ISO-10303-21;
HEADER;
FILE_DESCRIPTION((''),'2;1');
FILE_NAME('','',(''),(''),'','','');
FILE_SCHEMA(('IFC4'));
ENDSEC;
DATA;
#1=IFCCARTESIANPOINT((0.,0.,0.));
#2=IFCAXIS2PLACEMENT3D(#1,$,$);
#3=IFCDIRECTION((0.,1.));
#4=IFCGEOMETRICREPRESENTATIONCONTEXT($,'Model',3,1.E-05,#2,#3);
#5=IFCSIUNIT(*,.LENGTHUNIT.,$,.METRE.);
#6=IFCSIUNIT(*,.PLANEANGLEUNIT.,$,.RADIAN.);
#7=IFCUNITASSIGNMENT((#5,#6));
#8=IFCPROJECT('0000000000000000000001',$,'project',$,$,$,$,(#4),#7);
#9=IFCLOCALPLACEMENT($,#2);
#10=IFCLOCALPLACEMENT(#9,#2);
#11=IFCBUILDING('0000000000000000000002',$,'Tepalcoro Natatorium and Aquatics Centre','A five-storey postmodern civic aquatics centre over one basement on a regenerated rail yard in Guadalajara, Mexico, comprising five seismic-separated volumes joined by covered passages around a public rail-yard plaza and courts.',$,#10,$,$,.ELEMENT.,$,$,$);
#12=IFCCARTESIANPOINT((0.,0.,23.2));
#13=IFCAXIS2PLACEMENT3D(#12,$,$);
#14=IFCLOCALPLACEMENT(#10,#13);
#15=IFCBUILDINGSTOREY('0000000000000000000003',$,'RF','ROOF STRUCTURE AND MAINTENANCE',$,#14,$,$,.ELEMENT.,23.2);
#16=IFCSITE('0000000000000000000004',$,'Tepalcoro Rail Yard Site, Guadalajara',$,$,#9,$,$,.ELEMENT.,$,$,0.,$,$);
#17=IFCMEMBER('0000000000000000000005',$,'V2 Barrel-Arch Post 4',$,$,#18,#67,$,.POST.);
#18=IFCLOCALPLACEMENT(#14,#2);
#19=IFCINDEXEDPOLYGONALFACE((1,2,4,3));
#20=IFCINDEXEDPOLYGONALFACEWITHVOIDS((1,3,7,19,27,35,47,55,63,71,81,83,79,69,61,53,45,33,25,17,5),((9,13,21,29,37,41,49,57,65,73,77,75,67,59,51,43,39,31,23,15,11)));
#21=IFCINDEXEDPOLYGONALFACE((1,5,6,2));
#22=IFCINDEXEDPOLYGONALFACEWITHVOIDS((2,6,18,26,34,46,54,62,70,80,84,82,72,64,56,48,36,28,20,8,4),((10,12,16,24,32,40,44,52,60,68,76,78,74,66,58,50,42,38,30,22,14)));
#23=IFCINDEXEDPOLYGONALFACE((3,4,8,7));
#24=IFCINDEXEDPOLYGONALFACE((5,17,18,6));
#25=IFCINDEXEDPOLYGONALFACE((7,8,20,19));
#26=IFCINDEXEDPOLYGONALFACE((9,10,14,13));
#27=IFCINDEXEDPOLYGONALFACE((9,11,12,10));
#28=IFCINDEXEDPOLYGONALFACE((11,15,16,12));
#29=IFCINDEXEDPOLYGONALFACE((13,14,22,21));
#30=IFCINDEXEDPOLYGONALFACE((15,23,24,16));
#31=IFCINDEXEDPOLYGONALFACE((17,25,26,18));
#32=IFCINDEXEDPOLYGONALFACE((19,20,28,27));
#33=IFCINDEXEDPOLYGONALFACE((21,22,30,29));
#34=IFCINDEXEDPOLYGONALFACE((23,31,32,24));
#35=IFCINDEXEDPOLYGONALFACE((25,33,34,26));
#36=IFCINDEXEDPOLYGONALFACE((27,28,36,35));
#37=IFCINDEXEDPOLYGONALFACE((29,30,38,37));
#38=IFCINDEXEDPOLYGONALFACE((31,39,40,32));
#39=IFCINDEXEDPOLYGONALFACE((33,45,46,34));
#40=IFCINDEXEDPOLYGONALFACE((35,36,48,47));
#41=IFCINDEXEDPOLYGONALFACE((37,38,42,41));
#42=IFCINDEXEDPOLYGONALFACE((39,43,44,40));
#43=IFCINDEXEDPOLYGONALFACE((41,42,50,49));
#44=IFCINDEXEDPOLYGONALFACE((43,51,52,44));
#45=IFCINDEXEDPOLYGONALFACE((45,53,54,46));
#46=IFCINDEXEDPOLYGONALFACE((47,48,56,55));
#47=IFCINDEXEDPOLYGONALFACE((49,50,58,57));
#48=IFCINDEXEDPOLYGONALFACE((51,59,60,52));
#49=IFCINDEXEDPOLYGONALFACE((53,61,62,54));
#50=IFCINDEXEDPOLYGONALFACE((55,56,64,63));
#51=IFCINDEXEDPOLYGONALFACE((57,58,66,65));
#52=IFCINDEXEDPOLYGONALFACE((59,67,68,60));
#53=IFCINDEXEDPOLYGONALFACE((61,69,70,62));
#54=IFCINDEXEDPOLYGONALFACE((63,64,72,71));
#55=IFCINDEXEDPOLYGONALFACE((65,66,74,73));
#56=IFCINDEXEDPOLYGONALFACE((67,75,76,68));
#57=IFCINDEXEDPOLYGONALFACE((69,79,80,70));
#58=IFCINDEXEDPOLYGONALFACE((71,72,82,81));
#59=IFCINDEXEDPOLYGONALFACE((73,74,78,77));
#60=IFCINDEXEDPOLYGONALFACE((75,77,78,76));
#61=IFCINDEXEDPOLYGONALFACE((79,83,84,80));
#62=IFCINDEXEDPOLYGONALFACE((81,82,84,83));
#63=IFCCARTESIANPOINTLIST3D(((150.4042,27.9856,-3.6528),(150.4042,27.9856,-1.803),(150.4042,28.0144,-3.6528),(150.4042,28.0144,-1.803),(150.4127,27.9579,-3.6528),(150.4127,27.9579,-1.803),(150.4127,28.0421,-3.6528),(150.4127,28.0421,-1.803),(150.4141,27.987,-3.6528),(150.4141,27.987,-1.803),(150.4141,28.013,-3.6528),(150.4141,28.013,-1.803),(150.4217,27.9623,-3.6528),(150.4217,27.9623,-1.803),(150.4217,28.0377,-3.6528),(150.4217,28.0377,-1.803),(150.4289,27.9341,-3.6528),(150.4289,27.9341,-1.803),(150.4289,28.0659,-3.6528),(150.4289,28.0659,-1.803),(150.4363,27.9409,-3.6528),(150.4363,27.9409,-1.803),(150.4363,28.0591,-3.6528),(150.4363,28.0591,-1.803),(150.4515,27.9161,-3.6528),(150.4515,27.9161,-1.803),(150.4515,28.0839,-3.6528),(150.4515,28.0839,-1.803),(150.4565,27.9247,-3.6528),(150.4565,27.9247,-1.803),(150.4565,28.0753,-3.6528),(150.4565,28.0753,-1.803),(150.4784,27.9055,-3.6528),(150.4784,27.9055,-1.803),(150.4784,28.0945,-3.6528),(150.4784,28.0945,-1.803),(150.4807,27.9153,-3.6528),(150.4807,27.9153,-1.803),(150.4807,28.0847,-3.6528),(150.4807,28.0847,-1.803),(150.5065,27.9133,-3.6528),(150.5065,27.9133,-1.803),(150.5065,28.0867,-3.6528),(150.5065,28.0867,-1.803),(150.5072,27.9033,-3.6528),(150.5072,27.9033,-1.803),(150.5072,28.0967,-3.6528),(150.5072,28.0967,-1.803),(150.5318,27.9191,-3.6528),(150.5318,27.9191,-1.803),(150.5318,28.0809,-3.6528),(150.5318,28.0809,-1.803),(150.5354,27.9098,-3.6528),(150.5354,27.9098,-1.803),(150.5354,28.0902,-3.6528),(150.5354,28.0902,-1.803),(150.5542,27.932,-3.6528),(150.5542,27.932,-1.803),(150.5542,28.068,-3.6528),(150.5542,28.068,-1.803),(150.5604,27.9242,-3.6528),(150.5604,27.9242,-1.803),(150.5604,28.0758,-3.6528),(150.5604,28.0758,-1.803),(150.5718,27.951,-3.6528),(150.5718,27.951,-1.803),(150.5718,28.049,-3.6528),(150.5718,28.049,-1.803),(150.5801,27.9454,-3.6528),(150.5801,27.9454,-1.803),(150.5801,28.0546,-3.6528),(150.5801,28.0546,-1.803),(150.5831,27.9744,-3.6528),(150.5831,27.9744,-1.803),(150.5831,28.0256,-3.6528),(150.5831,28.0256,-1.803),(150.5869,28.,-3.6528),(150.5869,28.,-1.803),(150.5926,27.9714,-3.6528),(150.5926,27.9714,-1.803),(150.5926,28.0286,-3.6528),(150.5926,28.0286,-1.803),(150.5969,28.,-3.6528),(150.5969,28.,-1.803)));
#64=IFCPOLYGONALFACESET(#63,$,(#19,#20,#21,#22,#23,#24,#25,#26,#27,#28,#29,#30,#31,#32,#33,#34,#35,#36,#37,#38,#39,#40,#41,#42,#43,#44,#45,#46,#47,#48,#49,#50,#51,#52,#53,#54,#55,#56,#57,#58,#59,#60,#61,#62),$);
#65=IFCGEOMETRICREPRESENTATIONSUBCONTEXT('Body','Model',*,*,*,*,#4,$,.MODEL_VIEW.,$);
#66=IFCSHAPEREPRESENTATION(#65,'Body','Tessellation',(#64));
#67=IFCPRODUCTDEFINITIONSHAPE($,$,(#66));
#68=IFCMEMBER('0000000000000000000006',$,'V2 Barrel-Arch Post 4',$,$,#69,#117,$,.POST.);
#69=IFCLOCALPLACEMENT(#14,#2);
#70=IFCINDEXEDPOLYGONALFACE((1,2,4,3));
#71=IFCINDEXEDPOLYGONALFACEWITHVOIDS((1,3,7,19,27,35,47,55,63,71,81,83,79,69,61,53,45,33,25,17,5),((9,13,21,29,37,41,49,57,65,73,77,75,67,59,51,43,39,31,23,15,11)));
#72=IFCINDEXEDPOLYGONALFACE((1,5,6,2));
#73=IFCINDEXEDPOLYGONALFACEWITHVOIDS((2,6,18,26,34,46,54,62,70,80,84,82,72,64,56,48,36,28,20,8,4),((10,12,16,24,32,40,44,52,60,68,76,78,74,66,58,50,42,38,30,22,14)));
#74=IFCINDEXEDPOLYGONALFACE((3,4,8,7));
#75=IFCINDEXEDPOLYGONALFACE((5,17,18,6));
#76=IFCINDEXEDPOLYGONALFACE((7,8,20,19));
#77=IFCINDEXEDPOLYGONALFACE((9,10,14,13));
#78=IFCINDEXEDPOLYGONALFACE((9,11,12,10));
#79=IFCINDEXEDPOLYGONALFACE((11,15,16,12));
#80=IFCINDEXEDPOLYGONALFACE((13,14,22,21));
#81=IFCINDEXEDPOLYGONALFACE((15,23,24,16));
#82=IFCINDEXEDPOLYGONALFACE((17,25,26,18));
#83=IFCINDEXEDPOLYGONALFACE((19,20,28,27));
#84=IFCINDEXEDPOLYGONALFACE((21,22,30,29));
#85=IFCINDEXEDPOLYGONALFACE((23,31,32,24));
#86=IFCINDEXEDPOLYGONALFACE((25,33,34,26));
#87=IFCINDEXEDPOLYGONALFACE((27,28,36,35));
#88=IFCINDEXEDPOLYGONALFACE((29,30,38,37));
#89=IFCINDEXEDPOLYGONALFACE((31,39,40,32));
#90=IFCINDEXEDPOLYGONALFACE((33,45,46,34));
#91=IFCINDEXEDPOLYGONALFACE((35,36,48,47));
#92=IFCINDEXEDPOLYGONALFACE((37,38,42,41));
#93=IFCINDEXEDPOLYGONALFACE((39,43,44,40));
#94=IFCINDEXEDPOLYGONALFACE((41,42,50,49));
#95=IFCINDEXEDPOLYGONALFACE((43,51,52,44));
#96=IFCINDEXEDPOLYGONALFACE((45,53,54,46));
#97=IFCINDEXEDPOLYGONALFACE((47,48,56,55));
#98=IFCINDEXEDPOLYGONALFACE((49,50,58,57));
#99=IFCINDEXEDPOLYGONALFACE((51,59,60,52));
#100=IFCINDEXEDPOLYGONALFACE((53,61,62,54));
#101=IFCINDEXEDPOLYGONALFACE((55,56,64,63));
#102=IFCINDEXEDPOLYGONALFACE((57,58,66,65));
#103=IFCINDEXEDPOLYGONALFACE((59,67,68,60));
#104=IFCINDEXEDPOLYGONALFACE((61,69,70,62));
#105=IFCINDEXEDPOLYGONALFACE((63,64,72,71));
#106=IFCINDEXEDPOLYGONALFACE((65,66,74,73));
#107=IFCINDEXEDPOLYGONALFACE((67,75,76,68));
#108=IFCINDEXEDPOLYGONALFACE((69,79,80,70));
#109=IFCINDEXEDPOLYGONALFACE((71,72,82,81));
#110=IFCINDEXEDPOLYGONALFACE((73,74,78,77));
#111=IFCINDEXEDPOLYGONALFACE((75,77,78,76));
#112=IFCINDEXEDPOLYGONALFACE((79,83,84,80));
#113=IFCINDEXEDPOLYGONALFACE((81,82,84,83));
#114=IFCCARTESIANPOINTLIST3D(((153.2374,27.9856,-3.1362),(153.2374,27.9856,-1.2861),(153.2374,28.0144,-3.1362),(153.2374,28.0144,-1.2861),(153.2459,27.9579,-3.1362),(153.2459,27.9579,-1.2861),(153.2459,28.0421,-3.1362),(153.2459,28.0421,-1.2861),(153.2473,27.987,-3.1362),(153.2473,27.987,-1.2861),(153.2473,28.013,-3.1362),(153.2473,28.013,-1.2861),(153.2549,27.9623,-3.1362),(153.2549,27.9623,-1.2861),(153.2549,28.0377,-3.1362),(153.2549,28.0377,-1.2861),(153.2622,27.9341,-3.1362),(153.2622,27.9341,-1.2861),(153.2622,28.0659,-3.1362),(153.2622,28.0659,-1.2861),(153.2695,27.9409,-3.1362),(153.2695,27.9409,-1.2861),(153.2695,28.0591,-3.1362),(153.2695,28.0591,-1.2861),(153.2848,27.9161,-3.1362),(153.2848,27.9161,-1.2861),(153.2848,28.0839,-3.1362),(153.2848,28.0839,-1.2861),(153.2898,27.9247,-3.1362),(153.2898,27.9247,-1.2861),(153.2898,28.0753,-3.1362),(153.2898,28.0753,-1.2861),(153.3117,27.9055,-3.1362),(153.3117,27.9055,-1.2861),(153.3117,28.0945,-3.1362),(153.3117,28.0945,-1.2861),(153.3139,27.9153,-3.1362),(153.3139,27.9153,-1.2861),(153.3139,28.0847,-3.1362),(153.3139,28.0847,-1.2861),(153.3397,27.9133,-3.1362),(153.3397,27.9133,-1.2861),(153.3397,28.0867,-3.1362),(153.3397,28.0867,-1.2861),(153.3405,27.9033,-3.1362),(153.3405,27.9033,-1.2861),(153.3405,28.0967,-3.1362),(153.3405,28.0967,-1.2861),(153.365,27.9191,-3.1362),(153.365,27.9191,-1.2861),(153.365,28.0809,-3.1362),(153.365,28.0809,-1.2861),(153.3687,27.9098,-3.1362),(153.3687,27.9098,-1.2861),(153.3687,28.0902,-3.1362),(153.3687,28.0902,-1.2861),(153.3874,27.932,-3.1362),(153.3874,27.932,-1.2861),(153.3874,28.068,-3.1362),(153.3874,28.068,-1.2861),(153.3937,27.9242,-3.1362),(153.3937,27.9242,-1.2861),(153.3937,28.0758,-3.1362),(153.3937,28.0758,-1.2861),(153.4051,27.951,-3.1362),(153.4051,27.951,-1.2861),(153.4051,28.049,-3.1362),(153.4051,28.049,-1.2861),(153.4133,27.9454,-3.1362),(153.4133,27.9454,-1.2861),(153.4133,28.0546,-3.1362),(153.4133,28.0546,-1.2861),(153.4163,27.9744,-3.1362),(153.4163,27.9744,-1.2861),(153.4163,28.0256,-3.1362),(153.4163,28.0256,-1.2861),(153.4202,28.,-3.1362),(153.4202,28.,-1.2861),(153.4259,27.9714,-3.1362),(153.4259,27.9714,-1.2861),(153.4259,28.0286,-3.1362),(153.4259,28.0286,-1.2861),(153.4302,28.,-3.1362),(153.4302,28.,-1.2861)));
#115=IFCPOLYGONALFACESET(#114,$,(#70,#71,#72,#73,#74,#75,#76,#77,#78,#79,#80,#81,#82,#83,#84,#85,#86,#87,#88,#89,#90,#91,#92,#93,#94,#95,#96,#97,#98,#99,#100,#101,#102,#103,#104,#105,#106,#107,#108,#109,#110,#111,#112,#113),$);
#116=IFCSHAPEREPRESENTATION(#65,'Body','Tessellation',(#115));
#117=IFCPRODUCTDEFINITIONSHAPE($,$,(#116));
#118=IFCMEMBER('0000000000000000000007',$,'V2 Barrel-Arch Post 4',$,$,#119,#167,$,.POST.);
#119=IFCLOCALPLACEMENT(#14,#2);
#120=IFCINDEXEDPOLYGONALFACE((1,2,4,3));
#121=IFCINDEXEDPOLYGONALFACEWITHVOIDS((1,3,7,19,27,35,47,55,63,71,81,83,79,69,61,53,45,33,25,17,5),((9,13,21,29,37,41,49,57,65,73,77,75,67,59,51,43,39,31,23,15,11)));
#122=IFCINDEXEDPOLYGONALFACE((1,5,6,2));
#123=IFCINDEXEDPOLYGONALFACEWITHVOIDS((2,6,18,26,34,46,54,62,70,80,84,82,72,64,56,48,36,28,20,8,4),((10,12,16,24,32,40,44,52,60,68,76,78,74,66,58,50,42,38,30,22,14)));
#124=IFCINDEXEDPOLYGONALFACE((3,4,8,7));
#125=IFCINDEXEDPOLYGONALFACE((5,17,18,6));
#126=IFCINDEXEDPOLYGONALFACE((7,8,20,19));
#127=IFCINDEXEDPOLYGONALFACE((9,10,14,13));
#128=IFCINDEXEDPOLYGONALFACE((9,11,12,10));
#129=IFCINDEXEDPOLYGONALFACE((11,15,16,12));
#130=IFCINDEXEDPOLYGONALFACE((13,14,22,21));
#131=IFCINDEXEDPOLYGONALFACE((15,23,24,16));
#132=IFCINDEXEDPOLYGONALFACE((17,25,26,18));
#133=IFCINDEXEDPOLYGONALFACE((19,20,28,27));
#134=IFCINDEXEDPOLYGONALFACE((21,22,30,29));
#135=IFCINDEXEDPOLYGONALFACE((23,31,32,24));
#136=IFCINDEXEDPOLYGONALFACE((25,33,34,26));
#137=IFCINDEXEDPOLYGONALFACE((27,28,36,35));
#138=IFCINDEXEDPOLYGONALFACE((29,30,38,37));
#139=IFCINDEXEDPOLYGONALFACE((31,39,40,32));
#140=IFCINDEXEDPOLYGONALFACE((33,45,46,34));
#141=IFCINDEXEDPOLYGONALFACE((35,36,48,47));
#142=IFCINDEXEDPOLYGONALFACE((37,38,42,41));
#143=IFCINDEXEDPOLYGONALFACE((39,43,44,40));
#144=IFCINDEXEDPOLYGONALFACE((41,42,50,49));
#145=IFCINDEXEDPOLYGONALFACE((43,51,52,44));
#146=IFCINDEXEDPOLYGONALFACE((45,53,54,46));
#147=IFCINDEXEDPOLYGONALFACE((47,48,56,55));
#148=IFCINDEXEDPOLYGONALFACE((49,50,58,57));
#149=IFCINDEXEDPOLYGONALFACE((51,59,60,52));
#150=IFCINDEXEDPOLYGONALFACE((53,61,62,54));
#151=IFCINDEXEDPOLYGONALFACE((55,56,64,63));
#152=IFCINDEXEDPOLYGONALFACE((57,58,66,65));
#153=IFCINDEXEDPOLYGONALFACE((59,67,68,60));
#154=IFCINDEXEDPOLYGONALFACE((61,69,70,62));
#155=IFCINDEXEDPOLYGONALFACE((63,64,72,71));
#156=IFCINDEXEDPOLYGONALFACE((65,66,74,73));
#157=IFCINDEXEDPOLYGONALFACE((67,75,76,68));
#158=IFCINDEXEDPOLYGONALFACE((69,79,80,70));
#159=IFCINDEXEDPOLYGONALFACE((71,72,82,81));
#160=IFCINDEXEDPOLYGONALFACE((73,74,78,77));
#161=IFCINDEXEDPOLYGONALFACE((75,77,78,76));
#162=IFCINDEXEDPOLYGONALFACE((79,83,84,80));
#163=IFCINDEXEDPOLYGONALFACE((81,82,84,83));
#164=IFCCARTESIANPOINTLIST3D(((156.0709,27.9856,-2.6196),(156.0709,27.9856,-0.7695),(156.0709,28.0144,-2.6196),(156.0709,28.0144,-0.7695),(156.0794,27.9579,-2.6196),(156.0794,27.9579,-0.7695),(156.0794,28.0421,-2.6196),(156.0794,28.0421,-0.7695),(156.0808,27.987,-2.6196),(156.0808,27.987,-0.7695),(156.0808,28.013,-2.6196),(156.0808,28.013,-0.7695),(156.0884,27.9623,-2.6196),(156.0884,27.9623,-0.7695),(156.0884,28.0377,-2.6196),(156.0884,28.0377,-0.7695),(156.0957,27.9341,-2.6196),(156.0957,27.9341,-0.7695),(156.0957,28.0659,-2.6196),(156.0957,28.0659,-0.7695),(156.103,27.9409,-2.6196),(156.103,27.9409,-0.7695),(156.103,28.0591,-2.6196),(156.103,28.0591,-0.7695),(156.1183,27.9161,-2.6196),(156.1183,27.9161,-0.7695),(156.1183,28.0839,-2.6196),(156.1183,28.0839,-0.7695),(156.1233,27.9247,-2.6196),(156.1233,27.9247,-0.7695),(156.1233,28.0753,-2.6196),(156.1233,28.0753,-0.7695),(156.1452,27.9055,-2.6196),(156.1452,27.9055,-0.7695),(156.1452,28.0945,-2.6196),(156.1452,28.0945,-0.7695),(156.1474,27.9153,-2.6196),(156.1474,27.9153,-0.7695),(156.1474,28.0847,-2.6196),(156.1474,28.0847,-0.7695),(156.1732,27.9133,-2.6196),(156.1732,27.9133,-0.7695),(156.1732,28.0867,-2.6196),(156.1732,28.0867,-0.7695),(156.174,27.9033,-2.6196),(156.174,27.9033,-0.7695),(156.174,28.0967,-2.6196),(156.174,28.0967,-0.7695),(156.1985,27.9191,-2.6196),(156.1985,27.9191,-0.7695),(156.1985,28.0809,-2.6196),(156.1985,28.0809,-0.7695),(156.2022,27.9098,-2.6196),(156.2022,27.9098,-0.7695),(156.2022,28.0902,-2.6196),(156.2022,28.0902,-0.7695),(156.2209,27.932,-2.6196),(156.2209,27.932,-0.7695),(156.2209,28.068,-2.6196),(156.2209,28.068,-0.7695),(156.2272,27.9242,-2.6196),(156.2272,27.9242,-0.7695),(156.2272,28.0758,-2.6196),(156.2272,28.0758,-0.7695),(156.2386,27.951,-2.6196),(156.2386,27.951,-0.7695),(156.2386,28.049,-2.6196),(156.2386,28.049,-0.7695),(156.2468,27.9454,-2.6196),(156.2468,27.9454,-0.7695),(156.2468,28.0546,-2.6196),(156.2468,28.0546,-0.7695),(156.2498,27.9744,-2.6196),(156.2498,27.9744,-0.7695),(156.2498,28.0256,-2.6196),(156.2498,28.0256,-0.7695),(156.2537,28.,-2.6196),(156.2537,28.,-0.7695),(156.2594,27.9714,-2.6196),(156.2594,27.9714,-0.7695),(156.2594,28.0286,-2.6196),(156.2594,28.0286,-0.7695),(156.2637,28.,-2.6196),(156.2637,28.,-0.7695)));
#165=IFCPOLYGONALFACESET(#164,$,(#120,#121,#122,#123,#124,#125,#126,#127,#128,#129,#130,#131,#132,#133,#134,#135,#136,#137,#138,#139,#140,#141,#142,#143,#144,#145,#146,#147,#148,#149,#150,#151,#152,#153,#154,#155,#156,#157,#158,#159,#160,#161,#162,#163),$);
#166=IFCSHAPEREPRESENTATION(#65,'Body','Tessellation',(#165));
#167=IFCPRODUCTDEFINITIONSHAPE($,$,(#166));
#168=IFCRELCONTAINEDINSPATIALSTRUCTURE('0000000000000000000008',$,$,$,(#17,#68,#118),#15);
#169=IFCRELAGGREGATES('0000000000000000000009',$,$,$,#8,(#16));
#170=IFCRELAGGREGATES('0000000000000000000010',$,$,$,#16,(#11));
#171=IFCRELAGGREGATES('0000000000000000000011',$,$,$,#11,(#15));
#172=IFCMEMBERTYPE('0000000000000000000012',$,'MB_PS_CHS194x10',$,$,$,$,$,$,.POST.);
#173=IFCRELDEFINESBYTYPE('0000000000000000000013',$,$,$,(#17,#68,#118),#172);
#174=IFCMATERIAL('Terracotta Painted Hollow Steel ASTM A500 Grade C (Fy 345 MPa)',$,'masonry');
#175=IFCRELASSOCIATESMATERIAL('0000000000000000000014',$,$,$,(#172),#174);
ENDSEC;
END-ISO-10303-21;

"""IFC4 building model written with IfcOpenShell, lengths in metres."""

from ifc_helpers import new_model, si_unit, direction, frame, origin, origin_2d, place, context, subcontext, project, spatial, hollow_circle, extrude, material, material_profile, profile_set, type_object, element, save


model = new_model("IFC4")

# Units and contexts
model_context = context("Model", 3, precision=1e-05, world=origin(), true_north=direction((0.0, 1.0)))
body_context = subcontext(model_context, "Body", "Model", "MODEL_VIEW")
ifc_project = project(units=[si_unit("LENGTHUNIT", "METRE"), si_unit("PLANEANGLEUNIT", "RADIAN")], contexts=[model_context])

# Site, building, storey
site_placement = place(None, origin())
site = spatial("IfcSite", under=ifc_project, at=site_placement, Name="Tepalcoro Rail Yard Site, Guadalajara", CompositionType="ELEMENT", RefElevation=0.0)
building_placement = place(site_placement, origin())
building = spatial("IfcBuilding", under=site, at=building_placement, Name="Tepalcoro Natatorium and Aquatics Centre", Description="A five-storey postmodern civic aquatics centre over one basement on a regenerated rail yard in Guadalajara, Mexico, comprising five seismic-separated volumes joined by covered passages around a public rail-yard plaza and courts.", CompositionType="ELEMENT")
storey_placement = place(building_placement, frame((0.0, 0.0, 23.2)))
storey = spatial("IfcBuildingStorey", under=building, at=storey_placement, Name="RF", Description="ROOF STRUCTURE AND MAINTENANCE", CompositionType="ELEMENT", Elevation=23.2)

# Shared definitions
ifc_material_1 = material(Name="Terracotta Painted Hollow Steel ASTM A500 Grade C (Fy 345 MPa)", Category="masonry")

# Members
ifc_material_profile_1 = material_profile(ifc_material_1, hollow_circle(Radius=0.0969, WallThickness=0.01, at=origin_2d()), Name="CHS194X10")
ifc_profile_set_1 = profile_set([ifc_material_profile_1], Name="Terracotta Painted Hollow Steel ASTM A500 Grade C (Fy 345 MPa)")
member_type_1 = type_object("IfcMemberType", Name="MB_PS_CHS194x10", PredefinedType="POST", material=ifc_profile_set_1)
member_1_placement = place(storey_placement, frame((150.5, 28.0, -3.6528), z_axis=(0.0, 0.0, 1.0), x_axis=(1.0, 0.0, 0.0)))
element("IfcMember", 1, at=member_1_placement, inside=storey, type_object=member_type_1, Name="V2 Barrel-Arch Post 4", PredefinedType="POST", context=body_context, shape_type="SweptSolid", body=[
    extrude(hollow_circle(Radius=0.0969, WallThickness=0.01, at=origin_2d()), origin(), (0.0, 0.0, 1.0), 1.8499),
])
for number, where, z_axis, x_axis, name in (
    (2, (153.3333, 28.0, -3.1362), (0.0, 0.0, 1.0), (1.0, 0.0, 0.0), "V2 Barrel-Arch Post 4"),
    (3, (156.1667, 28.0, -2.6196), (0.0, 0.0, 1.0), (1.0, 0.0, 0.0), "V2 Barrel-Arch Post 4"),
):
    element("IfcMember", number, at=place(storey_placement, frame(where, z_axis=z_axis, x_axis=x_axis)), inside=storey, type_object=member_type_1, Name=name, PredefinedType="POST", context=body_context, shape_type="SweptSolid", body=[
        extrude(hollow_circle(Radius=0.0969, WallThickness=0.01, at=origin_2d()), origin(), (0.0, 0.0, 1.0), 1.8501),
    ])

save(model, "model.ifc")
